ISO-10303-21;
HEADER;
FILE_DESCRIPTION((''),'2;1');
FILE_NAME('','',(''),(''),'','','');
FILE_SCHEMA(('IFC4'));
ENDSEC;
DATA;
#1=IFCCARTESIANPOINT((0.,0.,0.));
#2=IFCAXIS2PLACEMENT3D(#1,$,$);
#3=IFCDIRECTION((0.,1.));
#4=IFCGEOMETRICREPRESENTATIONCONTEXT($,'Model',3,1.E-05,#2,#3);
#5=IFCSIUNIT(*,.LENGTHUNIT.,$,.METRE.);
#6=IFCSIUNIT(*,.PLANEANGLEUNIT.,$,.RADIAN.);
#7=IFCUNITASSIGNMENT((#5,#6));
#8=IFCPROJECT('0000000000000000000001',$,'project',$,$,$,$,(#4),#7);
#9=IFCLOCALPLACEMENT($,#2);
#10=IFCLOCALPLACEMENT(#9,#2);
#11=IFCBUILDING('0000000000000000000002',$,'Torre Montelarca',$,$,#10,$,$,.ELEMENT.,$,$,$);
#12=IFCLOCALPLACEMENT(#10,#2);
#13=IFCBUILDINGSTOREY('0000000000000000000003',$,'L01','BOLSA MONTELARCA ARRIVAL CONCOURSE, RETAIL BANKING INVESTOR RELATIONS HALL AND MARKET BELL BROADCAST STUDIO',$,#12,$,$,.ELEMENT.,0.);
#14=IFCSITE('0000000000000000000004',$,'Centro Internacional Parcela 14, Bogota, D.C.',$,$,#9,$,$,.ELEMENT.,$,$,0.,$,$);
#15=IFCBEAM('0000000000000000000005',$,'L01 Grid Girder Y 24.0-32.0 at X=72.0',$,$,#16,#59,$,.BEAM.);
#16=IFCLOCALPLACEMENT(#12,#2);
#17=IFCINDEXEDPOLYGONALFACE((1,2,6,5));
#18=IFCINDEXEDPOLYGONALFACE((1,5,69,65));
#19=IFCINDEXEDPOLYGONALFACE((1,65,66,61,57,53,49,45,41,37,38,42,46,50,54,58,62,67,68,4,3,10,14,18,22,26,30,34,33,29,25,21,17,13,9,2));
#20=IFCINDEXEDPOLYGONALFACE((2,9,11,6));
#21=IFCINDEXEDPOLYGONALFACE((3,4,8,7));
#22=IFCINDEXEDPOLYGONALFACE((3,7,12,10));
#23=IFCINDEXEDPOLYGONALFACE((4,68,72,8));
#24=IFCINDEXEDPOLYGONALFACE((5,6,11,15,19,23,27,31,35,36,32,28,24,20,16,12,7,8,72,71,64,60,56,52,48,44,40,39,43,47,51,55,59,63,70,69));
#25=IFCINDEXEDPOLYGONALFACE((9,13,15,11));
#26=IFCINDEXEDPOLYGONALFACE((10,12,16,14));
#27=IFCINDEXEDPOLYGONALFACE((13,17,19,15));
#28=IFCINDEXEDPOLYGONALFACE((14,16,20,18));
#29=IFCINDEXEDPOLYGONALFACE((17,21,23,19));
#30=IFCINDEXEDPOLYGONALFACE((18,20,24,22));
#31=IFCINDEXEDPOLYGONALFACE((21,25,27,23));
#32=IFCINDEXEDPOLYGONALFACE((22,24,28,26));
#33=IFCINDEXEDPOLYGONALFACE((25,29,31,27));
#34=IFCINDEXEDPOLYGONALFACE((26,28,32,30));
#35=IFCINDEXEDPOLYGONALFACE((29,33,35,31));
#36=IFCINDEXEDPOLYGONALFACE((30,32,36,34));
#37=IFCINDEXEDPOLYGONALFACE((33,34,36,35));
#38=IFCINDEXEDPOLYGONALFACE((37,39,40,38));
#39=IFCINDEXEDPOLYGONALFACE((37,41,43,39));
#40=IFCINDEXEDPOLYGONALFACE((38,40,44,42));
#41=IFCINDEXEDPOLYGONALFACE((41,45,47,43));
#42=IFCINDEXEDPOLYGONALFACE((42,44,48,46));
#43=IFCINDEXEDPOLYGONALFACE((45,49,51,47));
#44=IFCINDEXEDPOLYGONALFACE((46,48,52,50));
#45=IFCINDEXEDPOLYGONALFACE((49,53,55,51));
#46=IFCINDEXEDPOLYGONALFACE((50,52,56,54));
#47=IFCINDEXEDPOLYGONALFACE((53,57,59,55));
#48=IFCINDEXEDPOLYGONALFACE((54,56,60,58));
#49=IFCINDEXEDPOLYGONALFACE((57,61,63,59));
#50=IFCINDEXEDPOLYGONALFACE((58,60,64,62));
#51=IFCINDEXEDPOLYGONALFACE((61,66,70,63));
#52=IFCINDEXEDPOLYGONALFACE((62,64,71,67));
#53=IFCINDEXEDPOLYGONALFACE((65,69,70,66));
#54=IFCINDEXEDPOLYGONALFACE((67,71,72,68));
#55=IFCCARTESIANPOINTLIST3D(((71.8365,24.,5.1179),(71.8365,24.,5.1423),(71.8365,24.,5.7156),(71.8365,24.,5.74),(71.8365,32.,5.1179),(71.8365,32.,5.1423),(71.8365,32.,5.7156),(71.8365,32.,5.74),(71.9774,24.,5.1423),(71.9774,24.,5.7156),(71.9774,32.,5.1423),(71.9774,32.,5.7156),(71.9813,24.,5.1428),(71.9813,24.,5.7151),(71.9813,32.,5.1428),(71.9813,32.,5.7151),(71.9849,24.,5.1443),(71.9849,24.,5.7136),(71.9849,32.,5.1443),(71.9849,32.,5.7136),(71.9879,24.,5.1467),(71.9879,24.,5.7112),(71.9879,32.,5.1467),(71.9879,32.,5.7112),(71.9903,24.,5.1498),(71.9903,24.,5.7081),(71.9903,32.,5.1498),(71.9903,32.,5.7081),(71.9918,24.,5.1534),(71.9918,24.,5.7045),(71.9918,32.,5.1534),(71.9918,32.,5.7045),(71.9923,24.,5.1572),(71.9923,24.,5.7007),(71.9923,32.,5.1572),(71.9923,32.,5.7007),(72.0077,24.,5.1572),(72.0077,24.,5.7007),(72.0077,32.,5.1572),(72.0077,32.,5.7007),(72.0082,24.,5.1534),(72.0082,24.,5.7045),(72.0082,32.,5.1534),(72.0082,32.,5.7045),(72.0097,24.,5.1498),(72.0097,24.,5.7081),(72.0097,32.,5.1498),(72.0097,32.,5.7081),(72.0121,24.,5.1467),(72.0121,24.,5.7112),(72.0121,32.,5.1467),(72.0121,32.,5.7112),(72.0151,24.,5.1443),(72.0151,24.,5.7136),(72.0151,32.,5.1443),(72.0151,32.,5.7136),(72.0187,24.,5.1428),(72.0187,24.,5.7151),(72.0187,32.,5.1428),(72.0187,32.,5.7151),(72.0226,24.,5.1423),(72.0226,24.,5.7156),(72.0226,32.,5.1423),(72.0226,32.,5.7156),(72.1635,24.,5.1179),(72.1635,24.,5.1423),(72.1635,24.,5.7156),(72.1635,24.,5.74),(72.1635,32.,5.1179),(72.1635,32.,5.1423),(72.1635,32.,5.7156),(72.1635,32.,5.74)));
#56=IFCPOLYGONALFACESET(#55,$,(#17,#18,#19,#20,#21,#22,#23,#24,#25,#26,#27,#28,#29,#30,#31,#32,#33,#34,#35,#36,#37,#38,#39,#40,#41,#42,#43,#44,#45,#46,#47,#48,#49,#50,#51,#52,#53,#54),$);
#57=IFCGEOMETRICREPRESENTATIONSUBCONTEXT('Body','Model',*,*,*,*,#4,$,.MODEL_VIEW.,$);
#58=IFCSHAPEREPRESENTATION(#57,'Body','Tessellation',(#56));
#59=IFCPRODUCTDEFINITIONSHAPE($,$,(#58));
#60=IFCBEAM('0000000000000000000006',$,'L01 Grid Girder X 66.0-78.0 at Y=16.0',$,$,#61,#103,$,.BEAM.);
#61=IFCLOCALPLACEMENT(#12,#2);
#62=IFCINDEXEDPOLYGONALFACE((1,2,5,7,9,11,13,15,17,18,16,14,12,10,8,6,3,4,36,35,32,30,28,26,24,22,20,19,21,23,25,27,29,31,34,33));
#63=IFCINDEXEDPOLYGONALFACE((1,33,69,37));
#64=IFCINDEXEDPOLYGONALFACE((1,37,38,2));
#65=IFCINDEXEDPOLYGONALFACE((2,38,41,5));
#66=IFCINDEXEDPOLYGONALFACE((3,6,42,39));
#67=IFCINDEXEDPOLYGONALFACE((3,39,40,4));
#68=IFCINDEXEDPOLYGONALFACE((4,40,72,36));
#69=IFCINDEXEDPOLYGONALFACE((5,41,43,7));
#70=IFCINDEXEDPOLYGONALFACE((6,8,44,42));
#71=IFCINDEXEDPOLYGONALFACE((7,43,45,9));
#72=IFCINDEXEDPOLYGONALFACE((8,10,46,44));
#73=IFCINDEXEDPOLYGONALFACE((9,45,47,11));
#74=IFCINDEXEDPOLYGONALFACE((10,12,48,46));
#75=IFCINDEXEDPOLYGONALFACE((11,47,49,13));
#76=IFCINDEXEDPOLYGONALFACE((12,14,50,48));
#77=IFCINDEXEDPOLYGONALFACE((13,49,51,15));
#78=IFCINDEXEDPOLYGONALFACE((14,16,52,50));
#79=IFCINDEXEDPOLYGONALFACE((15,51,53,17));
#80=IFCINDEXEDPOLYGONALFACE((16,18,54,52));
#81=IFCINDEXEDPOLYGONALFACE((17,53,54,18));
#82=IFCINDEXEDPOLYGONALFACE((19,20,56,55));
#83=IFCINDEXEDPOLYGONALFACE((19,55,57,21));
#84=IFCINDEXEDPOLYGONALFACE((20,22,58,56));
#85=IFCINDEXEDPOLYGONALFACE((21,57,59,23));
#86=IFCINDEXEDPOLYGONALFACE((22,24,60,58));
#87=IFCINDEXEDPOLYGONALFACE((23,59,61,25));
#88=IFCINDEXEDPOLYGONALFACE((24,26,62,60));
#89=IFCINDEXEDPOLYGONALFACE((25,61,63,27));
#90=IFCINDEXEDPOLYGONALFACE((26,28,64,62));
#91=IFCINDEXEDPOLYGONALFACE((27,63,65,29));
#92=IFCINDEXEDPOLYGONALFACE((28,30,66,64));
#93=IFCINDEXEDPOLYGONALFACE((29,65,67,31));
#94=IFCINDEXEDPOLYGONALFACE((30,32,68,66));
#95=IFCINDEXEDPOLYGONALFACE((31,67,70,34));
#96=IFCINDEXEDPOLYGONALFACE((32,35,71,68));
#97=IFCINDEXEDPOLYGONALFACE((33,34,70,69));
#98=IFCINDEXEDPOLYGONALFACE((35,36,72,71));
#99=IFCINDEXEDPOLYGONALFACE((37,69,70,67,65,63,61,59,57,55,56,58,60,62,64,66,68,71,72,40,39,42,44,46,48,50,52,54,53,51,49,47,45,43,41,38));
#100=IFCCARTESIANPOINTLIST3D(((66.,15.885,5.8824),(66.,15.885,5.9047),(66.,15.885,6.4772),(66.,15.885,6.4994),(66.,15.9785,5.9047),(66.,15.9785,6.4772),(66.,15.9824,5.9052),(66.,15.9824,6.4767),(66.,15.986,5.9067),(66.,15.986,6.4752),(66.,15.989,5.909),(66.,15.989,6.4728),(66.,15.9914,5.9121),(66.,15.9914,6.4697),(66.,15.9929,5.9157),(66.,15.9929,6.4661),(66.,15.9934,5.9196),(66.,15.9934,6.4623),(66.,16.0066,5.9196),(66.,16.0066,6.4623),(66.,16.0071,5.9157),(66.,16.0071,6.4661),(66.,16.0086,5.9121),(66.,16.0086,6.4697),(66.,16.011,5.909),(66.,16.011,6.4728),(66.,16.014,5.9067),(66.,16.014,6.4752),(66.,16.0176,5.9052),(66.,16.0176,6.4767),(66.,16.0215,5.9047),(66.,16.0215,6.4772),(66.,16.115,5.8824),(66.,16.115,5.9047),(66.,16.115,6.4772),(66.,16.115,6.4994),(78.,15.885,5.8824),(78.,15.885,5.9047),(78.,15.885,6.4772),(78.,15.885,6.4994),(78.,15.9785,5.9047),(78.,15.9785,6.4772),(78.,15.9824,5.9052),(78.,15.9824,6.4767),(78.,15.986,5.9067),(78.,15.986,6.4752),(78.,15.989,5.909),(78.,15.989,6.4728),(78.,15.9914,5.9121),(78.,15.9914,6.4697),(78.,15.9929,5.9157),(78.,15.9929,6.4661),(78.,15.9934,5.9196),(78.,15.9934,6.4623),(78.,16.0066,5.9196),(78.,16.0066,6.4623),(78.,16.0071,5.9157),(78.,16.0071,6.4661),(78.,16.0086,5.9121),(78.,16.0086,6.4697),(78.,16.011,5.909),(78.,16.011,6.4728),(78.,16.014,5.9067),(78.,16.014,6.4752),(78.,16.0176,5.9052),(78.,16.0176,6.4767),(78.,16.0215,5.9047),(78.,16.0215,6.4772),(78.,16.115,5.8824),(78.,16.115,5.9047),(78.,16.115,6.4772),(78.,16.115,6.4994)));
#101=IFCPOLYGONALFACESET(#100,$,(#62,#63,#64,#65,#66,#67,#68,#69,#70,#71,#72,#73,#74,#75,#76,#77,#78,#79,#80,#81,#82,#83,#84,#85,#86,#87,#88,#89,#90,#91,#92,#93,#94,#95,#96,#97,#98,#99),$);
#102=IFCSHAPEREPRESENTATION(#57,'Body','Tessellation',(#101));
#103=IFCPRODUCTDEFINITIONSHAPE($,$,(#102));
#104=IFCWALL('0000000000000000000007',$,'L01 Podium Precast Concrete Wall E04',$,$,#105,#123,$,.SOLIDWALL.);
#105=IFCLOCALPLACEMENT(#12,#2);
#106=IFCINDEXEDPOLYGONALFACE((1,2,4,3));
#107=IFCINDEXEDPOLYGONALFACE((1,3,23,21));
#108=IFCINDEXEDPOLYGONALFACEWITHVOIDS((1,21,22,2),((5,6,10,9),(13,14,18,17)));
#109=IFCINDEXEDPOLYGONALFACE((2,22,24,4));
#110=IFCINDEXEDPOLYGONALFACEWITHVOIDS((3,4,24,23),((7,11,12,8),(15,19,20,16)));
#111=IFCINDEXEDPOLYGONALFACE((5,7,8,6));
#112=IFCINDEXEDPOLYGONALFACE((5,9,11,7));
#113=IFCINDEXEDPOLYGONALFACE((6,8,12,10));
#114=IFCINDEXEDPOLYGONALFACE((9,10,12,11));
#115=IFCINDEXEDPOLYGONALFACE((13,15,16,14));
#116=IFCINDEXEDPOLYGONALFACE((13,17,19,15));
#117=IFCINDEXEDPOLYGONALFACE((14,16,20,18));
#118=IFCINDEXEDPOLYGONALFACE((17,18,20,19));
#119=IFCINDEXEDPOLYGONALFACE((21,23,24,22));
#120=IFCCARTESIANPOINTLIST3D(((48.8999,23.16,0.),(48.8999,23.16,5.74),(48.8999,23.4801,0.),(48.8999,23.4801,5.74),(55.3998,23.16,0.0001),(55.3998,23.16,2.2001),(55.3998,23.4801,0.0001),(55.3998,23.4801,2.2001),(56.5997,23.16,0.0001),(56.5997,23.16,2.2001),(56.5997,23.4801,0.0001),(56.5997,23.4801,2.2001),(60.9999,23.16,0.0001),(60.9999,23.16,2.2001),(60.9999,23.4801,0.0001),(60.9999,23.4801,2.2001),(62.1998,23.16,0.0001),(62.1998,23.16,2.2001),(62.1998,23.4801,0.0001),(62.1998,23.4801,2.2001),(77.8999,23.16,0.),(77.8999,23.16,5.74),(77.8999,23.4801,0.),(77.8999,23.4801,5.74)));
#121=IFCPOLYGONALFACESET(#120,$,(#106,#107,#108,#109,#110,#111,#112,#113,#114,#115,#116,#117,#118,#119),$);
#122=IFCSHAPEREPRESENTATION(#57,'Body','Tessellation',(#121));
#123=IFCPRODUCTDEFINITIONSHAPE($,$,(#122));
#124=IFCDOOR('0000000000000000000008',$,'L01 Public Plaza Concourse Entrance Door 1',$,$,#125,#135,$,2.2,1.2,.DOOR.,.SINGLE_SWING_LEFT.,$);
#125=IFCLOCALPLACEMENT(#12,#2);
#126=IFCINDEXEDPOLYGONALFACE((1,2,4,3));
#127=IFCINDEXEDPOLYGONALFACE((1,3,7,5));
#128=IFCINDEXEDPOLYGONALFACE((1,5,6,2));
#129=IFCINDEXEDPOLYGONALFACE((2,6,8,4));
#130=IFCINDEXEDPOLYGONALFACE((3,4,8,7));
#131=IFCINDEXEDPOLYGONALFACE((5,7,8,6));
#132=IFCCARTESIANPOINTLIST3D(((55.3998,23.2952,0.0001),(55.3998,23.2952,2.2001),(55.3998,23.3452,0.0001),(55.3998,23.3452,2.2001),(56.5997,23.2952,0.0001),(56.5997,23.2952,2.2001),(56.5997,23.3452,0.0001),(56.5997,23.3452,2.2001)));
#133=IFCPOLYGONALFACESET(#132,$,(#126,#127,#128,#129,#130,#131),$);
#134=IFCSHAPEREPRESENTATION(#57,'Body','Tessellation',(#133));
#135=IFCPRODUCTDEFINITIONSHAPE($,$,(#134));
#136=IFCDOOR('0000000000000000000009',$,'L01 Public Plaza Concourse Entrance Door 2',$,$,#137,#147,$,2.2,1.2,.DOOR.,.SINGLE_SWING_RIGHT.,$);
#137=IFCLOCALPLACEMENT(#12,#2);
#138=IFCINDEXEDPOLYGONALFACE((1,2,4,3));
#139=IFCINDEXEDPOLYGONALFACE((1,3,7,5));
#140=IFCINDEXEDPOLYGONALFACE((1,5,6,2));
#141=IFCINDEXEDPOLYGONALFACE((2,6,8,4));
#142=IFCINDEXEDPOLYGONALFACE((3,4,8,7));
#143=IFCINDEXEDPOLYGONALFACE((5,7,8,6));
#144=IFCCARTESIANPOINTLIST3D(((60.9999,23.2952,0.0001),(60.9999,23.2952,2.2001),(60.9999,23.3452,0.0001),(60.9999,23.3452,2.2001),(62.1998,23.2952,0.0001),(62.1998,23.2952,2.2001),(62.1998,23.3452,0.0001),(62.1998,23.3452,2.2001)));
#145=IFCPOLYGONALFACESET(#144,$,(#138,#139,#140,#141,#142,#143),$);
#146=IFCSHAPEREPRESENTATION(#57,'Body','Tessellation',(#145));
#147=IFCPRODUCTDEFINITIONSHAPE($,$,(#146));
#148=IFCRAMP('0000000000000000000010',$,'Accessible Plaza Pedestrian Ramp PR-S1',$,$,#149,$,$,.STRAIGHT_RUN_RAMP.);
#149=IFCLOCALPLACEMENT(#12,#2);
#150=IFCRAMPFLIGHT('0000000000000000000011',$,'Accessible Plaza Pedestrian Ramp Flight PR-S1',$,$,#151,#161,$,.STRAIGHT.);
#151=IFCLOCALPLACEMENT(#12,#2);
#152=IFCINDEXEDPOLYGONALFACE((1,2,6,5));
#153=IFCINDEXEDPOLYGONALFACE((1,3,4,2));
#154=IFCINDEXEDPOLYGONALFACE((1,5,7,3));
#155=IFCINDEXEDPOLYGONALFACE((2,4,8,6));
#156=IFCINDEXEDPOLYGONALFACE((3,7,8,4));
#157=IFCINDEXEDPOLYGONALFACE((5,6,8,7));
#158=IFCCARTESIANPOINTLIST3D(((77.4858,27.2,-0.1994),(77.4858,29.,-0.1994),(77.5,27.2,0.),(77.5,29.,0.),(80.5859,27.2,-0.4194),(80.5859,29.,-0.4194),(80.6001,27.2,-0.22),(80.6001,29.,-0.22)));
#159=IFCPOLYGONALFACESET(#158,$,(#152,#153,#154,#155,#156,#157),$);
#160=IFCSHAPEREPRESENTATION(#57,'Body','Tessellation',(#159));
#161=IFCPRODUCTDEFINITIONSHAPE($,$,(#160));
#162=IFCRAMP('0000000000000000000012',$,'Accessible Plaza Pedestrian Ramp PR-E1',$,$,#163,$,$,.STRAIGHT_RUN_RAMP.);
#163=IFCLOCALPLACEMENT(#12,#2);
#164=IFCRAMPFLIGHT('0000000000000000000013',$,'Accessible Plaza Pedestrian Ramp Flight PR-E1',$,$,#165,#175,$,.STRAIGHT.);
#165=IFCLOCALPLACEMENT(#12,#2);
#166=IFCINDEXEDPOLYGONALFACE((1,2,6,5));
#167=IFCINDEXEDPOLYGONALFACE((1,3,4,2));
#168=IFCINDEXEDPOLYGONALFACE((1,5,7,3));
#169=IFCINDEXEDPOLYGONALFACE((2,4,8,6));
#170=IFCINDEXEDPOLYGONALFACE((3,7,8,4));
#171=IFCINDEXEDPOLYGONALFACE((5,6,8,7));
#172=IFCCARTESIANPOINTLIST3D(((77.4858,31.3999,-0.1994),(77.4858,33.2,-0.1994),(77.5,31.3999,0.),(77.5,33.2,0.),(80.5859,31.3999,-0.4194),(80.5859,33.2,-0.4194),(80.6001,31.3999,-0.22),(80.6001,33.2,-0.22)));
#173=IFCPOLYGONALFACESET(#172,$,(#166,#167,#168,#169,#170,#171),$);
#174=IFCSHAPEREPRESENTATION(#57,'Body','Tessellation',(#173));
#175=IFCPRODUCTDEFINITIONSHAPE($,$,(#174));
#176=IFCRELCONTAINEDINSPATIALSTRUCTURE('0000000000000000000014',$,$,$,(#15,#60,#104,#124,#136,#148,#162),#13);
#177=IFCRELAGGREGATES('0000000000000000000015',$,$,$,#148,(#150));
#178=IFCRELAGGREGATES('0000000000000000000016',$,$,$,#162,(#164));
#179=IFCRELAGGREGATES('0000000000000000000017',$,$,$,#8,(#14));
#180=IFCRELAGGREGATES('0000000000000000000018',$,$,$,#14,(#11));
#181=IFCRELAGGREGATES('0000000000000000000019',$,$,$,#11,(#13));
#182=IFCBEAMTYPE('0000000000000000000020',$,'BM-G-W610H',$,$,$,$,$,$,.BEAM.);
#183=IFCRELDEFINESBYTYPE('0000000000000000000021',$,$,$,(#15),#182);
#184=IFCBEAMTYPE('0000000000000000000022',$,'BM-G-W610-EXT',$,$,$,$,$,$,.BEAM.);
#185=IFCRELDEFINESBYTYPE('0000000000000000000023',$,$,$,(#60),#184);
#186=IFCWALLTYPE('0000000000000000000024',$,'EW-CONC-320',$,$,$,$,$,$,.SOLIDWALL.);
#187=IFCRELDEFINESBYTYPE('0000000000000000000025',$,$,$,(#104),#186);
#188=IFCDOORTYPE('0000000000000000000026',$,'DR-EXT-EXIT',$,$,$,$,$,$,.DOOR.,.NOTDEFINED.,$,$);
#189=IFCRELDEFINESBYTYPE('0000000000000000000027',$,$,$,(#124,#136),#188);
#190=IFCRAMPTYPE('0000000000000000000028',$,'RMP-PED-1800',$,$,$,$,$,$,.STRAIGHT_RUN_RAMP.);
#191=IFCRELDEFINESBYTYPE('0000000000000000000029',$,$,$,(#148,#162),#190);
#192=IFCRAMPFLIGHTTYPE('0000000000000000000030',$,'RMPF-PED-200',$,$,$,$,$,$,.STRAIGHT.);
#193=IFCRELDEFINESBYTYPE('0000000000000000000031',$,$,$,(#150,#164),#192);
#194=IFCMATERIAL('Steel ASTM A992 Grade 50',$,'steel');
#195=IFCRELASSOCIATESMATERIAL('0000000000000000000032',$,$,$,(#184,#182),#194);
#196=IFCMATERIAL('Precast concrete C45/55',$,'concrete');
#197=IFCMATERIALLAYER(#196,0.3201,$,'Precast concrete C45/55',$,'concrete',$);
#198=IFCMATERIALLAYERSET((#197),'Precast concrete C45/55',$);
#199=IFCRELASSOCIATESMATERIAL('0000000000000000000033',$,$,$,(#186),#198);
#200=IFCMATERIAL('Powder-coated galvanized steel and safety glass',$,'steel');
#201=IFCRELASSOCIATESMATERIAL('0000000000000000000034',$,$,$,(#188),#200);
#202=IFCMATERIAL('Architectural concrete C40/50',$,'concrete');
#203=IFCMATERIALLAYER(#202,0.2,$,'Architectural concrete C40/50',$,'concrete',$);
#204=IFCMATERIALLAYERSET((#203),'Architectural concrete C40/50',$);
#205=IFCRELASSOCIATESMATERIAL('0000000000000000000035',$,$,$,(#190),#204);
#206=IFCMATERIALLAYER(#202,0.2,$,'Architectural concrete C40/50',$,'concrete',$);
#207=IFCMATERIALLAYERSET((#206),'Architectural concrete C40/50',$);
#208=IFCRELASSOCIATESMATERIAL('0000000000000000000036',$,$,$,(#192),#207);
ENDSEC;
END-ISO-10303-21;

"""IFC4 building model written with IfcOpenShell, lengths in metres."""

from ifc_helpers import new_model, si_unit, direction, frame, frame_2d, origin, origin_2d, place, context, subcontext, project, spatial, polyline, rectangle, i_section, outline, extrude, source, transform, mapped, material, layer, layer_set, material_profile, profile_set, type_object, element, fill, aggregate, save


model = new_model("IFC4")

# Units and contexts
model_context = context("Model", 3, precision=1e-05, world=origin(), true_north=direction((0.0, 1.0)))
body_context = subcontext(model_context, "Body", "Model", "MODEL_VIEW")
ifc_project = project(units=[si_unit("LENGTHUNIT", "METRE"), si_unit("PLANEANGLEUNIT", "RADIAN")], contexts=[model_context])

# Site, building, storey
site_placement = place(None, origin())
site = spatial("IfcSite", under=ifc_project, at=site_placement, Name="Centro Internacional Parcela 14, Bogota, D.C.", CompositionType="ELEMENT", RefElevation=0.0)
building_placement = place(site_placement, origin())
building = spatial("IfcBuilding", under=site, at=building_placement, Name="Torre Montelarca", CompositionType="ELEMENT")
storey_placement = place(building_placement, origin())
storey = spatial("IfcBuildingStorey", under=building, at=storey_placement, Name="L01", Description="BOLSA MONTELARCA ARRIVAL CONCOURSE, RETAIL BANKING INVESTOR RELATIONS HALL AND MARKET BELL BROADCAST STUDIO", CompositionType="ELEMENT", Elevation=0.0)

# Shared definitions
ifc_material_1 = material(Name="Steel ASTM A992 Grade 50", Category="steel")

# Beams
ifc_material_profile_1 = material_profile(ifc_material_1, i_section(OverallWidth=0.23, OverallDepth=0.6169, WebThickness=0.0132, FlangeThickness=0.0222, FilletRadius=0.0149, at=origin_2d()), Name="W610X140", Category="steel")
ifc_profile_set_1 = profile_set([ifc_material_profile_1], Name="Steel ASTM A992 Grade 50")
beam_type_1 = type_object("IfcBeamType", Name="BM-G-W610-EXT", PredefinedType="BEAM", material=ifc_profile_set_1)
ifc_material_profile_2 = material_profile(ifc_material_1, i_section(OverallWidth=0.3269, OverallDepth=0.6221, WebThickness=0.0154, FlangeThickness=0.0244, FilletRadius=0.0149, at=origin_2d()), Name="W610X195", Category="steel")
ifc_profile_set_2 = profile_set([ifc_material_profile_2], Name="Steel ASTM A992 Grade 50")
beam_type_2 = type_object("IfcBeamType", Name="BM-G-W610H", PredefinedType="BEAM", material=ifc_profile_set_2)
shared_shape_1 = source(origin(), body_context, "Body", "SweptSolid", [
    extrude(i_section(OverallWidth=0.3269, OverallDepth=0.6221, WebThickness=0.0154, FlangeThickness=0.0244, FilletRadius=0.0149, at=origin_2d()), origin(), (0.0, 0.0, 1.0), 8.0),
])
for number, where, z_axis, x_axis, name in (
    (1, (72.0, 24.0, 5.429), (0.0, 1.0, 0.0), (-1.0, 0.0, 0.0), "L01 Grid Girder Y 24.0-32.0 at X=72.0"),
):
    element("IfcBeam", number, at=place(storey_placement, frame(where, z_axis=z_axis, x_axis=x_axis)), inside=storey, type_object=beam_type_2, Name=name, PredefinedType="BEAM", context=body_context, shape_type="MappedRepresentation", body=[
        mapped(shared_shape_1, transform((0.0, 0.0, 0.0), scale=1.0)),
    ])
shared_shape_2 = source(origin(), body_context, "Body", "SweptSolid", [
    extrude(i_section(OverallWidth=0.23, OverallDepth=0.6169, WebThickness=0.0132, FlangeThickness=0.0222, FilletRadius=0.0149, at=origin_2d()), origin(), (0.0, 0.0, 1.0), 12.0),
])
beam_1_placement = place(storey_placement, frame((66.0, 16.0, 6.1909), z_axis=(1.0, 0.0, 0.0), x_axis=(0.0, 1.0, 0.0)))
element("IfcBeam", 2, at=beam_1_placement, inside=storey, type_object=beam_type_1, Name="L01 Grid Girder X 66.0-78.0 at Y=16.0", PredefinedType="BEAM", context=body_context, shape_type="MappedRepresentation", body=[
    mapped(shared_shape_2, transform((0.0, 0.0, 0.0), scale=1.0)),
])

# Wall, openings, doors
ifc_material_2 = material(Name="Precast concrete C45/55", Category="concrete")
ifc_layer_1 = layer(ifc_material_2, 0.3201, Name="Precast concrete C45/55", Category="concrete")
ifc_layer_set_1 = layer_set([ifc_layer_1], Name="Precast concrete C45/55")
wall_type = type_object("IfcWallType", Name="EW-CONC-320", PredefinedType="SOLIDWALL", material=ifc_layer_set_1)
wall_placement = place(storey_placement, frame((77.8999, 23.3201, 0.0), z_axis=(0.0, 0.0, 1.0), x_axis=(-1.0, 0.0, 0.0)))
wall = element("IfcWall", 3, at=wall_placement, inside=storey, type_object=wall_type, Name="L01 Podium Precast Concrete Wall E04", PredefinedType="SOLIDWALL", context=body_context, shape_type="SweptSolid", body=[
    extrude(rectangle(XDim=29.0, YDim=0.3201, at=frame_2d((14.5, 0.0))), origin(), (0.0, 0.0, 1.0), 5.74),
])
opening_1_placement = place(wall_placement, frame((21.3, 0.0, 0.0)))
opening_1 = element("IfcOpeningElement", 4, at=opening_1_placement, cuts=wall, PredefinedType="OPENING", context=body_context, shape_type="SweptSolid", body=[
    extrude(rectangle(XDim=1.2, YDim=2.2, at=frame_2d((0.6001, 1.1001))), frame((0.0, 0.1699, 0.0), z_axis=(0.0, -1.0, 0.0), x_axis=(1.0, 0.0, 0.0)), (0.0, 0.0, 1.0), 0.3401),
])
opening_2_placement = place(wall_placement, frame((15.7, 0.0, 0.0)))
opening_2 = element("IfcOpeningElement", 5, at=opening_2_placement, cuts=wall, PredefinedType="OPENING", context=body_context, shape_type="SweptSolid", body=[
    extrude(rectangle(XDim=1.2, YDim=2.2, at=frame_2d((0.6001, 1.1001))), frame((0.0, 0.1699, 0.0), z_axis=(0.0, -1.0, 0.0), x_axis=(1.0, 0.0, 0.0)), (0.0, 0.0, 1.0), 0.3401),
])
ifc_material_3 = material(Name="Powder-coated galvanized steel and safety glass", Category="steel")
door_type = type_object("IfcDoorType", Name="DR-EXT-EXIT", OperationType="NOTDEFINED", PredefinedType="DOOR", material=ifc_material_3)
shared_shape_3 = source(origin(), body_context, "Body", "SweptSolid", [
    extrude(rectangle(XDim=1.2, YDim=2.2, at=frame_2d((0.6001, 1.1001))), frame((0.0, 0.0249, 0.0), z_axis=(0.0, -1.0, 0.0), x_axis=(1.0, 0.0, 0.0)), (0.0, 0.0, 1.0), 0.05),
])
door_1_placement = place(opening_1_placement, origin())
door_1 = element("IfcDoor", 6, at=door_1_placement, inside=storey, type_object=door_type, Name="L01 Public Plaza Concourse Entrance Door 1", OperationType="SINGLE_SWING_LEFT", OverallHeight=2.2, OverallWidth=1.2, PredefinedType="DOOR", context=body_context, shape_type="MappedRepresentation", body=[
    mapped(shared_shape_3, transform((0.0, 0.0, 0.0), scale=1.0)),
])
fill(opening_1, door_1)
door_2_placement = place(opening_2_placement, origin())
door_2 = element("IfcDoor", 7, at=door_2_placement, inside=storey, type_object=door_type, Name="L01 Public Plaza Concourse Entrance Door 2", OperationType="SINGLE_SWING_RIGHT", OverallHeight=2.2, OverallWidth=1.2, PredefinedType="DOOR", context=body_context, shape_type="MappedRepresentation", body=[
    mapped(shared_shape_3, transform((0.0, 0.0, 0.0), scale=1.0)),
])
fill(opening_2, door_2)

# Ramps, ramp flights
ifc_material_4 = material(Name="Architectural concrete C40/50", Category="concrete")
ifc_layer_2 = layer(ifc_material_4, 0.2, Name="Architectural concrete C40/50", Category="concrete")
ifc_layer_set_2 = layer_set([ifc_layer_2], Name="Architectural concrete C40/50")
ramp_type = type_object("IfcRampType", Name="RMP-PED-1800", PredefinedType="STRAIGHT_RUN_RAMP", material=ifc_layer_set_2)
ramp_1_placement = place(storey_placement, origin())
ramp_1 = element("IfcRamp", 8, at=ramp_1_placement, inside=storey, type_object=ramp_type, Name="Accessible Plaza Pedestrian Ramp PR-S1", PredefinedType="STRAIGHT_RUN_RAMP")
ifc_layer_3 = layer(ifc_material_4, 0.2, Name="Architectural concrete C40/50", Category="concrete")
ifc_layer_set_3 = layer_set([ifc_layer_3], Name="Architectural concrete C40/50")
ramp_flight_type = type_object("IfcRampFlightType", Name="RMPF-PED-200", PredefinedType="STRAIGHT", material=ifc_layer_set_3)
ramp_flight_1_placement = place(storey_placement, frame((80.6001, 27.2, -0.22), z_axis=(0.070778, 0.0, 0.997492), x_axis=(-0.997492, 0.0, 0.070778)))
ramp_flight_1 = element("IfcRampFlight", 9, at=ramp_flight_1_placement, type_object=ramp_flight_type, Name="Accessible Plaza Pedestrian Ramp Flight PR-S1", PredefinedType="STRAIGHT", context=body_context, shape_type="SweptSolid", body=[
    extrude(outline(polyline([(0.0, 0.0), (3.1079, 0.0), (3.1079, -1.8), (0.0, -1.8), (0.0, 0.0)])), origin(), (0.0, 0.0, -1.0), 0.2),
])
aggregate(ramp_1, [ramp_flight_1])
ramp_2_placement = place(storey_placement, origin())
ramp_2 = element("IfcRamp", 10, at=ramp_2_placement, inside=storey, type_object=ramp_type, Name="Accessible Plaza Pedestrian Ramp PR-E1", PredefinedType="STRAIGHT_RUN_RAMP")
ramp_flight_2_placement = place(storey_placement, frame((80.6001, 31.3999, -0.22), z_axis=(0.070778, 0.0, 0.997492), x_axis=(-0.997492, 0.0, 0.070778)))
ramp_flight_2 = element("IfcRampFlight", 11, at=ramp_flight_2_placement, type_object=ramp_flight_type, Name="Accessible Plaza Pedestrian Ramp Flight PR-E1", PredefinedType="STRAIGHT", context=body_context, shape_type="SweptSolid", body=[
    extrude(outline(polyline([(0.0, 0.0), (3.1079, 0.0), (3.1079, -1.8), (0.0, -1.8), (0.0, 0.0)])), origin(), (0.0, 0.0, -1.0), 0.2),
])
aggregate(ramp_2, [ramp_flight_2])

save(model, "model.ifc")
